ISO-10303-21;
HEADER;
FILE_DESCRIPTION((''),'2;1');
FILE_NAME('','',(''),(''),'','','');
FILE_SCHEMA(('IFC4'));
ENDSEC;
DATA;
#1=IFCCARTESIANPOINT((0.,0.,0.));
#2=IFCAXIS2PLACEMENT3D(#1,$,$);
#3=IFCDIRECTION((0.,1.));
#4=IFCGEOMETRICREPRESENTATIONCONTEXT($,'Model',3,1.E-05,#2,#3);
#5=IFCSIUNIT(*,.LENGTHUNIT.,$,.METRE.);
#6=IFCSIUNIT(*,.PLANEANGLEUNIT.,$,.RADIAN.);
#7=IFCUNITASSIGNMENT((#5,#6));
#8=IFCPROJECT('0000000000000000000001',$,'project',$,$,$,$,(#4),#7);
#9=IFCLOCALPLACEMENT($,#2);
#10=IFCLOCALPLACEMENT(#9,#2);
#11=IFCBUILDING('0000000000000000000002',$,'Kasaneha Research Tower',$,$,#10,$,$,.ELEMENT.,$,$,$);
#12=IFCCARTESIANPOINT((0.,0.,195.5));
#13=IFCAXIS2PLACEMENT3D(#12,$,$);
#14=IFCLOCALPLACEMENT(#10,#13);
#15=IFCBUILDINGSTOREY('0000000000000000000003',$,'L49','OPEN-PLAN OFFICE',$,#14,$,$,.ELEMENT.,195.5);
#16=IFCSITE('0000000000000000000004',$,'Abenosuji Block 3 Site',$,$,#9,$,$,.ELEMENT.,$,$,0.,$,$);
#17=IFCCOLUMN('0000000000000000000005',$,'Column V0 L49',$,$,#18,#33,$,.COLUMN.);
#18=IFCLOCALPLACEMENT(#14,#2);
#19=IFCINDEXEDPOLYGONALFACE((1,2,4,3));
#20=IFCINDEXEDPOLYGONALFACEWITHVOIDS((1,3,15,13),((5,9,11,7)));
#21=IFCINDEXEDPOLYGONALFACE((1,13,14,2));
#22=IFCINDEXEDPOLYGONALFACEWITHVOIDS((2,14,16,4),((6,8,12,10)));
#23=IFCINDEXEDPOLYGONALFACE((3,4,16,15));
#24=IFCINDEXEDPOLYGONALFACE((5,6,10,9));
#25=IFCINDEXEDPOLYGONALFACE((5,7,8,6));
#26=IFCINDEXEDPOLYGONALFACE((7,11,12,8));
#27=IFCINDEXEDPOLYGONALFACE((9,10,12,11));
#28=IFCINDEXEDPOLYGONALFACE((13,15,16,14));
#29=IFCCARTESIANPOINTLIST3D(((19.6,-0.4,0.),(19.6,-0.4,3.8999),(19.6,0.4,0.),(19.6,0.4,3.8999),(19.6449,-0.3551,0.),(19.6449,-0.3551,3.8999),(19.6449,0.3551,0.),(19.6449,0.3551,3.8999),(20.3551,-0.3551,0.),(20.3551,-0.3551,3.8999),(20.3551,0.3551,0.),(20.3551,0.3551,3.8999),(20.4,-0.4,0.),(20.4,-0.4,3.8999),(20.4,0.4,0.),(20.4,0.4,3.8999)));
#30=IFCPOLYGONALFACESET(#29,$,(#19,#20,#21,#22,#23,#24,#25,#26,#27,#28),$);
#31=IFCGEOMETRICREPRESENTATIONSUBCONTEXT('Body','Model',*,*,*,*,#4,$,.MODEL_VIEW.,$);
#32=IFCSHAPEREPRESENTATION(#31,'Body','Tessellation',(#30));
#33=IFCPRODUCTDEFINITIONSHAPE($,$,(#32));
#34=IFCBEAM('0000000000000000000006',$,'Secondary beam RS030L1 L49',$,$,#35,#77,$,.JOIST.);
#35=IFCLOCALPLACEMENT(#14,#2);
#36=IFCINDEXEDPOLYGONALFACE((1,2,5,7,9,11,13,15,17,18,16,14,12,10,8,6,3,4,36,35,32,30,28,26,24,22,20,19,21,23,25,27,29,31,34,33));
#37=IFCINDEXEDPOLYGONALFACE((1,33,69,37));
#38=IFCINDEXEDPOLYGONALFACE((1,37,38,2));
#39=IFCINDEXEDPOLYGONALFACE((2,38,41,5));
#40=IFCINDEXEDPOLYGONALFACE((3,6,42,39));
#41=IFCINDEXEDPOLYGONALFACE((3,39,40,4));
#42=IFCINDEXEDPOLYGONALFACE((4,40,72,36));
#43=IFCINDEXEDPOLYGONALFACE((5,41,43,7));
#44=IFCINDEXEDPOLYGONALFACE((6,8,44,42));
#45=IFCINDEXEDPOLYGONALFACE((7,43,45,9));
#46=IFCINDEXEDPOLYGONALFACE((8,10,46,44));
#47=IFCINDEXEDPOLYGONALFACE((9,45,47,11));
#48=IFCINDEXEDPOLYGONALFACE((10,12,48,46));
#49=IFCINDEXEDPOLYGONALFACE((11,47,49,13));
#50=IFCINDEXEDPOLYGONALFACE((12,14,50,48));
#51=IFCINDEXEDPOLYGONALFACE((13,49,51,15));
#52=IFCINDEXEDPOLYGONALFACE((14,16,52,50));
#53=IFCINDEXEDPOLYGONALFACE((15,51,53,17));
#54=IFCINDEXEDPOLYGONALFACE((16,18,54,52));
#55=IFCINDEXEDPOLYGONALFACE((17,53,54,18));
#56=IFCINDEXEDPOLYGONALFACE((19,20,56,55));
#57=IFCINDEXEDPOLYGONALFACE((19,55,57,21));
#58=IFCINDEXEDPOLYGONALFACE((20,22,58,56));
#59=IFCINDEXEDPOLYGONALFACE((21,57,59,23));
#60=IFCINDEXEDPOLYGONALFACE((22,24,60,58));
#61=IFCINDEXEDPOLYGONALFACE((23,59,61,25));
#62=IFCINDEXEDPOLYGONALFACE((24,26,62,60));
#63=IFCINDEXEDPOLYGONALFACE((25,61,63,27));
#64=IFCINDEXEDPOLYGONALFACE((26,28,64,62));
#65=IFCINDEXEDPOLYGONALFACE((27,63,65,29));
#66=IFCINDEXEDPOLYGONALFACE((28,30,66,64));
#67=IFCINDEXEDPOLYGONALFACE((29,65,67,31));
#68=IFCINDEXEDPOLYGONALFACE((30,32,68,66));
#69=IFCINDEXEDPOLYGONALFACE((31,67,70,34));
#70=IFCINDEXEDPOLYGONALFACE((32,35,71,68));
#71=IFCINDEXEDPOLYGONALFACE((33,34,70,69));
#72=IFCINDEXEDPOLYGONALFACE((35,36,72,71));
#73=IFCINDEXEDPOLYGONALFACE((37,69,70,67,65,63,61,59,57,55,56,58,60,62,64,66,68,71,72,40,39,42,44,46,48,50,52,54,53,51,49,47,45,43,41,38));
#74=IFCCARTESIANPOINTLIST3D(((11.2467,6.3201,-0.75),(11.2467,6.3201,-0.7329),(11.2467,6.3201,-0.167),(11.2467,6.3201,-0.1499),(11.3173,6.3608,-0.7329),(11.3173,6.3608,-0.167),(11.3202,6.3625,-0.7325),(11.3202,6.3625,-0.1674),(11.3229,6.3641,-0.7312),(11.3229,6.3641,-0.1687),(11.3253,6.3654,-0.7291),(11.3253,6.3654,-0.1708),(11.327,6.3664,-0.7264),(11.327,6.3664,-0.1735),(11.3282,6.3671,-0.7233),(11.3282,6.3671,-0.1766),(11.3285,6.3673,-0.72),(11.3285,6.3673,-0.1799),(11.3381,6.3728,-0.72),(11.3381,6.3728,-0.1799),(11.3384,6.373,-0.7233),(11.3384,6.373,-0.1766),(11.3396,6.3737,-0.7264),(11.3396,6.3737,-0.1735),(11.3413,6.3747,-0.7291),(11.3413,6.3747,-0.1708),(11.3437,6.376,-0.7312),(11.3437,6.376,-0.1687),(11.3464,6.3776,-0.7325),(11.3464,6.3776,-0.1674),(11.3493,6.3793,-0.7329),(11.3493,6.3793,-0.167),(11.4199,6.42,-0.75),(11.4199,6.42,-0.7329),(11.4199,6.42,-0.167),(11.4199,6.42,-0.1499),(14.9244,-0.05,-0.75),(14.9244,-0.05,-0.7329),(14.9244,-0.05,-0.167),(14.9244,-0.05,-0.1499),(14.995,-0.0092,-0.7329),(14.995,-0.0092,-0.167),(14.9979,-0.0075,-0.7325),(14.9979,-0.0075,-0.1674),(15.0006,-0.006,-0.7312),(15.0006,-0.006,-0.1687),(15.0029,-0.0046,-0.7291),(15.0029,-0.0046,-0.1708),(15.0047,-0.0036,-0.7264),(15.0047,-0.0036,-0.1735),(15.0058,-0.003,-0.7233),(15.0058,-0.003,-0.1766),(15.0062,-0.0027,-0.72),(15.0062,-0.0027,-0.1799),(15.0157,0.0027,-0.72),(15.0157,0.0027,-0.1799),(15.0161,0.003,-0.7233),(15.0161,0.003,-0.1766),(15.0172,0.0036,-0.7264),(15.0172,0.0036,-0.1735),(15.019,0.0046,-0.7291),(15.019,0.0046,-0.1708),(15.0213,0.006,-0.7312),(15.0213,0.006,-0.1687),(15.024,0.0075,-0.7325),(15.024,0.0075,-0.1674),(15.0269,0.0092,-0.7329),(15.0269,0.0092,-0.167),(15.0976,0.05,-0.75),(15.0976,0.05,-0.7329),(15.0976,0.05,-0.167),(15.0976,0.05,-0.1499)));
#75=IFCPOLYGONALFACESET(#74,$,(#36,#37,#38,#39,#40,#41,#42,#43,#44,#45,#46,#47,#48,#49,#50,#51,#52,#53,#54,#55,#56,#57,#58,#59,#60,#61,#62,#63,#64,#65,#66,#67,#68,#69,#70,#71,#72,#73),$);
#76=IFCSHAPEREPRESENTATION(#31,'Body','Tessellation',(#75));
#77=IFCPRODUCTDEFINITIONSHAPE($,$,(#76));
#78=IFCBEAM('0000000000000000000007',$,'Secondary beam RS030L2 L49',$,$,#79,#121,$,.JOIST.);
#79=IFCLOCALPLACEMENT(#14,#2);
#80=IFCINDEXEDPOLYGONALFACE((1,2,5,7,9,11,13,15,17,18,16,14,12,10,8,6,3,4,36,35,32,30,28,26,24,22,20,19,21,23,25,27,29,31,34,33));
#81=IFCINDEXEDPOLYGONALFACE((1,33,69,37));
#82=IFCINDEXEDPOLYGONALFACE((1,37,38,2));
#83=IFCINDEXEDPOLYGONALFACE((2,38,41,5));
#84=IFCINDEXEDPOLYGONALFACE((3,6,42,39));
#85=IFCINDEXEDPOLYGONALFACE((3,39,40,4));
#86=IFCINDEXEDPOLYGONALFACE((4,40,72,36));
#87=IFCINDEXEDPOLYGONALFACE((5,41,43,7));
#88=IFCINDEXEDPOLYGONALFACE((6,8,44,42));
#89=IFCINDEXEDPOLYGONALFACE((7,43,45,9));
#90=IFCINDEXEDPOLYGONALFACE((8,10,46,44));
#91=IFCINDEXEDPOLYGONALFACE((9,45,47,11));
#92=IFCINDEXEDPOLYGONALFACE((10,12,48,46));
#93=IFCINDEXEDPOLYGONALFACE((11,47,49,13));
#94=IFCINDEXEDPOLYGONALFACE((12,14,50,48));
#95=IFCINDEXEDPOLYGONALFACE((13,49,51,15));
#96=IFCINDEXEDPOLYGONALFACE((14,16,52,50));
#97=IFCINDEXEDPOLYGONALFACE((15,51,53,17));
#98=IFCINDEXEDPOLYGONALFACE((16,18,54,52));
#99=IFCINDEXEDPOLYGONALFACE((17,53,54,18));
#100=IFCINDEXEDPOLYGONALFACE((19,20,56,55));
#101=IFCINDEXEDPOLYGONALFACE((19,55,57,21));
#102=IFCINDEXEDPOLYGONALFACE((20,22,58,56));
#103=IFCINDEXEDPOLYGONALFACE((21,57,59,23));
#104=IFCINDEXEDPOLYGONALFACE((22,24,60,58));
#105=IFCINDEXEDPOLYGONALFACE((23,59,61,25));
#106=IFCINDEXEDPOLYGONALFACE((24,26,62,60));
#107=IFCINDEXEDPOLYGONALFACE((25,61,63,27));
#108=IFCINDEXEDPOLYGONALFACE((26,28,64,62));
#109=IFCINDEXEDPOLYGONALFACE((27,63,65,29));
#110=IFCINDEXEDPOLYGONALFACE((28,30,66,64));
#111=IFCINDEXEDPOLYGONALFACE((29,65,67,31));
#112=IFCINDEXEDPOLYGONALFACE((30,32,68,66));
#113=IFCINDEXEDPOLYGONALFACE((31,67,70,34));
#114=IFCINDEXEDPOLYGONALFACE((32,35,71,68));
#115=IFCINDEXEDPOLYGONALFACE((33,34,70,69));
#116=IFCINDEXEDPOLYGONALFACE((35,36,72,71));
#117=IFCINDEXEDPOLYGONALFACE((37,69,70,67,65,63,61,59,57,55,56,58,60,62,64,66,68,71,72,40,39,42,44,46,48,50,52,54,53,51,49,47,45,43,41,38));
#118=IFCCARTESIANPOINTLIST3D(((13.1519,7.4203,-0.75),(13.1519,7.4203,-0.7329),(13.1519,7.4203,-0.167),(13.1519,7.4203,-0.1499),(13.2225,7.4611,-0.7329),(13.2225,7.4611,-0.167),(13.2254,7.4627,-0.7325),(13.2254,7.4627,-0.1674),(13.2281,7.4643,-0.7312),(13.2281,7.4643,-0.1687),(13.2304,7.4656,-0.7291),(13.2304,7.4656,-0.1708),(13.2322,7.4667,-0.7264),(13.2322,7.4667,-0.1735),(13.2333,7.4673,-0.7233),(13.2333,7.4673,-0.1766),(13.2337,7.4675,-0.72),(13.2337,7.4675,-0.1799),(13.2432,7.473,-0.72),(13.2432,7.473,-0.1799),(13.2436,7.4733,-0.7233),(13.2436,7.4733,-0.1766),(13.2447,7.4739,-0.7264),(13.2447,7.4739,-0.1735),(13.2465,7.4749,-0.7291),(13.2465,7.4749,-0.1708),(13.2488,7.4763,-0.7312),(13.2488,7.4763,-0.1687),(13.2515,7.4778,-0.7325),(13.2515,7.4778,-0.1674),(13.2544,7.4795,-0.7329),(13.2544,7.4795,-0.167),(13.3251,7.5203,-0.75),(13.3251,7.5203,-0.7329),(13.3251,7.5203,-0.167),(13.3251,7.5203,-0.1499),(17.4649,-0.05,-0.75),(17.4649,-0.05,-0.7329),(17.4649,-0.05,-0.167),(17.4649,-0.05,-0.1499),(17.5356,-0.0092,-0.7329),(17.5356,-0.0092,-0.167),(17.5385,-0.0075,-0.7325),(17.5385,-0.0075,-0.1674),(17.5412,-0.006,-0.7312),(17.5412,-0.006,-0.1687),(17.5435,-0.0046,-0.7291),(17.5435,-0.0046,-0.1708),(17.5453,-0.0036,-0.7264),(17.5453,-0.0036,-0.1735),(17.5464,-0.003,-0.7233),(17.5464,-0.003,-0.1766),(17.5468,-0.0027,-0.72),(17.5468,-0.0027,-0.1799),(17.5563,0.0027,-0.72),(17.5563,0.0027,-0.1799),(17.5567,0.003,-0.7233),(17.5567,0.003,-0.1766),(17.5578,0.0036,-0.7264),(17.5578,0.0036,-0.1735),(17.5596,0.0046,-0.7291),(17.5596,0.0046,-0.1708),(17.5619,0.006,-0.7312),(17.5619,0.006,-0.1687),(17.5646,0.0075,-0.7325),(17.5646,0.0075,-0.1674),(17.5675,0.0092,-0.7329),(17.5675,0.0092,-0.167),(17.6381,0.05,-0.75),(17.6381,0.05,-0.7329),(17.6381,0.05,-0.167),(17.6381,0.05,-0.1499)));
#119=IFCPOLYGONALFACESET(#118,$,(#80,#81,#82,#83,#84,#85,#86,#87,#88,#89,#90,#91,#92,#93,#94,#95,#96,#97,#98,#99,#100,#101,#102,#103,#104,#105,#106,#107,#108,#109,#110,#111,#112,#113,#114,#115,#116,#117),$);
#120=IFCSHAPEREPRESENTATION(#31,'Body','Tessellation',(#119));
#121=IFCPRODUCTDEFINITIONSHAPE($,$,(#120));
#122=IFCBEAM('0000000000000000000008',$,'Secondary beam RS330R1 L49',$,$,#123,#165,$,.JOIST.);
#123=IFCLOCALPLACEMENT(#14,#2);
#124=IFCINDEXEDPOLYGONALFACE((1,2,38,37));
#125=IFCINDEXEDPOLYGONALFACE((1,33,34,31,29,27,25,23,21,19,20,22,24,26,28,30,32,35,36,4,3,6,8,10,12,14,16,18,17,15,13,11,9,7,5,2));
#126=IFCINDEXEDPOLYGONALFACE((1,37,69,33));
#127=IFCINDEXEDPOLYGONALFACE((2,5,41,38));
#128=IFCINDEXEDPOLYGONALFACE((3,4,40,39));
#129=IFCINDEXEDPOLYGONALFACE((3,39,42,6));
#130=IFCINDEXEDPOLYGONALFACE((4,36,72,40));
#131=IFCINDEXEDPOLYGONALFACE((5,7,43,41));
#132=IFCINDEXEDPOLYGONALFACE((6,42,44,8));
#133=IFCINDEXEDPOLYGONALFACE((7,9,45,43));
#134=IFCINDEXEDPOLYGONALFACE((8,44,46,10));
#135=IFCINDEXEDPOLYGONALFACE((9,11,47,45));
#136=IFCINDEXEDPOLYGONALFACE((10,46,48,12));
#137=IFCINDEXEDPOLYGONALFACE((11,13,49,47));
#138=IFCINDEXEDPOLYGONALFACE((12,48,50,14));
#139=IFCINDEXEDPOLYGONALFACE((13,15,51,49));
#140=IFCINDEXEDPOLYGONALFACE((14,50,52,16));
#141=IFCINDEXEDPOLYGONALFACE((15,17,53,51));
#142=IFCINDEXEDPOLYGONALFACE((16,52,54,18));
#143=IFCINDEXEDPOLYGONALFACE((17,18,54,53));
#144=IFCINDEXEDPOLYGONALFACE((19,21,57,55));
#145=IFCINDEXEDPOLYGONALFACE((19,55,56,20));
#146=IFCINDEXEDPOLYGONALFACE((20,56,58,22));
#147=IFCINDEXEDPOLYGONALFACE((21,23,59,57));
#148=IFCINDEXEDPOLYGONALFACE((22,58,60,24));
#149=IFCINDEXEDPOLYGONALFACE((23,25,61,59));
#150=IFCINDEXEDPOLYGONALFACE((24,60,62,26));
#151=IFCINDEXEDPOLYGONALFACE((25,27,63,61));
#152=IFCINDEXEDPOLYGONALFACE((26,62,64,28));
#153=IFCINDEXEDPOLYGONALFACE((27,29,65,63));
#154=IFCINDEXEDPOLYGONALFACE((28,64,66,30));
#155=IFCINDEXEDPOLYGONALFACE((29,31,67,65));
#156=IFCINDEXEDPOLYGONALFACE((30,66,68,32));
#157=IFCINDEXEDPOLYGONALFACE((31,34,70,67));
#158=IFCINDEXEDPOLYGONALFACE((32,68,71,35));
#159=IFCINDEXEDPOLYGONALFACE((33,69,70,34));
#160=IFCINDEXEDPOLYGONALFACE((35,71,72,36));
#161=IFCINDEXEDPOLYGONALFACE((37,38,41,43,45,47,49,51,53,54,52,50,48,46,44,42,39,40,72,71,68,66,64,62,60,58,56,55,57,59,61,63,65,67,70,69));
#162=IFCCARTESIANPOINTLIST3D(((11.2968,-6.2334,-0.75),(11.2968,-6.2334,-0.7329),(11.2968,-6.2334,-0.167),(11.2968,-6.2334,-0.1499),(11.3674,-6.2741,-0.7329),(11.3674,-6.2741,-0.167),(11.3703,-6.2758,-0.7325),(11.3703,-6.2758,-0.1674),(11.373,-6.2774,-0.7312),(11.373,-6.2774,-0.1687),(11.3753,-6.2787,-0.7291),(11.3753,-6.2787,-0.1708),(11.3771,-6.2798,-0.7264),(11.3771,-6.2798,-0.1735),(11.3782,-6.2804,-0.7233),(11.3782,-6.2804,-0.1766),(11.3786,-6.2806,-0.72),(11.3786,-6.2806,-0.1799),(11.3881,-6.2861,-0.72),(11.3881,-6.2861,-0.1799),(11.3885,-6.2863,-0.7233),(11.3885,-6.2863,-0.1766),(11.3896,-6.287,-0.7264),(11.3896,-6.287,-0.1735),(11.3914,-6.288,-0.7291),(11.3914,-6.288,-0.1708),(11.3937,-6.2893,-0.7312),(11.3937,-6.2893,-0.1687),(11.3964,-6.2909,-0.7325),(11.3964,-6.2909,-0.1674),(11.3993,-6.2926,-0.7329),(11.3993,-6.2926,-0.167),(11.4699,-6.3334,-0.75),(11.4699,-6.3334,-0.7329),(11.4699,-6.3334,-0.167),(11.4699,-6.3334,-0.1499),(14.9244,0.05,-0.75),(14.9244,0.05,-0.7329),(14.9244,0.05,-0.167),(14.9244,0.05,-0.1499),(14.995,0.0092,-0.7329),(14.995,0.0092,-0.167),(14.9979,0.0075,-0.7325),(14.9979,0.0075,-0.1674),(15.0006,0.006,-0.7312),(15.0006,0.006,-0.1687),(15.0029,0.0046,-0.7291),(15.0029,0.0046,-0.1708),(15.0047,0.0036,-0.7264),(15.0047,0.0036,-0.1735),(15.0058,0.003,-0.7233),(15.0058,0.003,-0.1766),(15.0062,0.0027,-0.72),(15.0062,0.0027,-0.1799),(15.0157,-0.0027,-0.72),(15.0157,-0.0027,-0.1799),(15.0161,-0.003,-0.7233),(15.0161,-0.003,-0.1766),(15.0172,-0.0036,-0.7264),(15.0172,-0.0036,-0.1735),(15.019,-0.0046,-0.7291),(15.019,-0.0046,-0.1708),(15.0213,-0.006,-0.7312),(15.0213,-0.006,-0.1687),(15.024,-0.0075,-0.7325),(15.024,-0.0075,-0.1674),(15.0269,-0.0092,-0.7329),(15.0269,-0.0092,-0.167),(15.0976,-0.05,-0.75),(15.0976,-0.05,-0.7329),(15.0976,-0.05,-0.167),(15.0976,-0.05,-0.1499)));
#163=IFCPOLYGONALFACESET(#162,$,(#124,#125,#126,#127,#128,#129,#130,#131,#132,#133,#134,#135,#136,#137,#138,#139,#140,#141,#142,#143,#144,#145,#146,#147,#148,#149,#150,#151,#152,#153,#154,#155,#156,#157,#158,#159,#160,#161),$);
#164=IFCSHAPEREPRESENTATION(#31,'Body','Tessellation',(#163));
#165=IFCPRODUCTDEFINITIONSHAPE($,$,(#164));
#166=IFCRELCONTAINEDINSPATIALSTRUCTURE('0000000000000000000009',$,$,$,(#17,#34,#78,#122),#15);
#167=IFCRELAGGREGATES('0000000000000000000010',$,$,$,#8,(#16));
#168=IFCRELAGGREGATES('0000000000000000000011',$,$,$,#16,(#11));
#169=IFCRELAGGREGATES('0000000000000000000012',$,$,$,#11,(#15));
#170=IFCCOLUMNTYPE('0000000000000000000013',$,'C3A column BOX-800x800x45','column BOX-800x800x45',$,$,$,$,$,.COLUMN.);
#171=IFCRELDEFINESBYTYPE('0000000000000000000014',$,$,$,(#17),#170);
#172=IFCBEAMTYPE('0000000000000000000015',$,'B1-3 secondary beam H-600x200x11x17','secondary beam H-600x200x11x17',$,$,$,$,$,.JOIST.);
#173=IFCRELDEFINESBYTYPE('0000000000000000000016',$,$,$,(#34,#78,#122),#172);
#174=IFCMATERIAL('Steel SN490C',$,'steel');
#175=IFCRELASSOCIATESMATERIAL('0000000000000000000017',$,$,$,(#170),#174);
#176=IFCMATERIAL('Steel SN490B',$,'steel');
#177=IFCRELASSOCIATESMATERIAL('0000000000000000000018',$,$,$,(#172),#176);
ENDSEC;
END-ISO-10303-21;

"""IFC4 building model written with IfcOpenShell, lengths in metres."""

from ifc_helpers import new_model, si_unit, direction, frame, origin, origin_2d, place, context, subcontext, project, spatial, hollow_rectangle, i_section, extrude, material, material_profile, profile_set, type_object, element, save


model = new_model("IFC4")

# Units and contexts
model_context = context("Model", 3, precision=1e-05, world=origin(), true_north=direction((0.0, 1.0)))
body_context = subcontext(model_context, "Body", "Model", "MODEL_VIEW")
ifc_project = project(units=[si_unit("LENGTHUNIT", "METRE"), si_unit("PLANEANGLEUNIT", "RADIAN")], contexts=[model_context])

# Site, building, storey
site_placement = place(None, origin())
site = spatial("IfcSite", under=ifc_project, at=site_placement, Name="Abenosuji Block 3 Site", CompositionType="ELEMENT", RefElevation=0.0)
building_placement = place(site_placement, origin())
building = spatial("IfcBuilding", under=site, at=building_placement, Name="Kasaneha Research Tower", CompositionType="ELEMENT")
storey_placement = place(building_placement, frame((0.0, 0.0, 195.5)))
storey = spatial("IfcBuildingStorey", under=building, at=storey_placement, Name="L49", Description="OPEN-PLAN OFFICE", CompositionType="ELEMENT", Elevation=195.5)

# Column
ifc_material_1 = material(Name="Steel SN490C", Category="steel")
ifc_material_profile_1 = material_profile(ifc_material_1, hollow_rectangle(XDim=0.8, YDim=0.8, WallThickness=0.0449, at=origin_2d()), Name="BOX-800x800x45")
ifc_profile_set_1 = profile_set([ifc_material_profile_1], Name="Steel SN490C")
column_type = type_object("IfcColumnType", Name="C3A column BOX-800x800x45", Description="column BOX-800x800x45", PredefinedType="COLUMN", material=ifc_profile_set_1)
column_placement = place(storey_placement, frame((20.0, 0.0, 0.0), z_axis=(0.0, 0.0, 1.0), x_axis=(1.0, 0.0, 0.0)))
element("IfcColumn", 1, at=column_placement, inside=storey, type_object=column_type, Name="Column V0 L49", PredefinedType="COLUMN", context=body_context, shape_type="SweptSolid", body=[
    extrude(hollow_rectangle(XDim=0.8, YDim=0.8, WallThickness=0.0449, at=origin_2d()), origin(), (0.0, 0.0, 1.0), 3.8999),
])

# Beams
ifc_material_2 = material(Name="Steel SN490B", Category="steel")
ifc_material_profile_2 = material_profile(ifc_material_2, i_section(OverallWidth=0.2, OverallDepth=0.6001, WebThickness=0.011, FlangeThickness=0.0171, FilletRadius=0.0129, at=origin_2d()), Name="H-600x200x11x17")
ifc_profile_set_2 = profile_set([ifc_material_profile_2], Name="Steel SN490B")
beam_type_1 = type_object("IfcBeamType", Name="B1-3 secondary beam H-600x200x11x17", Description="secondary beam H-600x200x11x17", PredefinedType="JOIST", material=ifc_profile_set_2)
beam_1_placement = place(storey_placement, frame((15.011, 0.0, -0.45), z_axis=(-0.499994, 0.866029, 0.0), x_axis=(-0.866029, -0.499994, 0.0)))
element("IfcBeam", 2, at=beam_1_placement, inside=storey, type_object=beam_type_1, Name="Secondary beam RS030L1 L49", PredefinedType="JOIST", context=body_context, shape_type="SweptSolid", body=[
    extrude(i_section(OverallWidth=0.2, OverallDepth=0.6001, WebThickness=0.011, FlangeThickness=0.0171, FilletRadius=0.0129, at=origin_2d()), origin(), (0.0, 0.0, 1.0), 7.3555),
])
beam_2_placement = place(storey_placement, frame((17.5515, 0.0, -0.45), z_axis=(-0.500005, 0.866023, 0.0), x_axis=(-0.866023, -0.500005, 0.0)))
element("IfcBeam", 3, at=beam_2_placement, inside=storey, type_object=beam_type_1, Name="Secondary beam RS030L2 L49", PredefinedType="JOIST", context=body_context, shape_type="SweptSolid", body=[
    extrude(i_section(OverallWidth=0.2, OverallDepth=0.6001, WebThickness=0.011, FlangeThickness=0.0171, FilletRadius=0.0129, at=origin_2d()), origin(), (0.0, 0.0, 1.0), 8.626),
])
beam_3_placement = place(storey_placement, frame((15.011, 0.0, -0.45), z_axis=(-0.499993, -0.866029, 0.0), x_axis=(0.866029, -0.499993, 0.0)))
element("IfcBeam", 4, at=beam_3_placement, inside=storey, type_object=beam_type_1, Name="Secondary beam RS330R1 L49", PredefinedType="JOIST", context=body_context, shape_type="SweptSolid", body=[
    extrude(i_section(OverallWidth=0.2, OverallDepth=0.6001, WebThickness=0.011, FlangeThickness=0.0171, FilletRadius=0.0129, at=origin_2d()), origin(), (0.0, 0.0, 1.0), 7.2554),
])

save(model, "model.ifc")
